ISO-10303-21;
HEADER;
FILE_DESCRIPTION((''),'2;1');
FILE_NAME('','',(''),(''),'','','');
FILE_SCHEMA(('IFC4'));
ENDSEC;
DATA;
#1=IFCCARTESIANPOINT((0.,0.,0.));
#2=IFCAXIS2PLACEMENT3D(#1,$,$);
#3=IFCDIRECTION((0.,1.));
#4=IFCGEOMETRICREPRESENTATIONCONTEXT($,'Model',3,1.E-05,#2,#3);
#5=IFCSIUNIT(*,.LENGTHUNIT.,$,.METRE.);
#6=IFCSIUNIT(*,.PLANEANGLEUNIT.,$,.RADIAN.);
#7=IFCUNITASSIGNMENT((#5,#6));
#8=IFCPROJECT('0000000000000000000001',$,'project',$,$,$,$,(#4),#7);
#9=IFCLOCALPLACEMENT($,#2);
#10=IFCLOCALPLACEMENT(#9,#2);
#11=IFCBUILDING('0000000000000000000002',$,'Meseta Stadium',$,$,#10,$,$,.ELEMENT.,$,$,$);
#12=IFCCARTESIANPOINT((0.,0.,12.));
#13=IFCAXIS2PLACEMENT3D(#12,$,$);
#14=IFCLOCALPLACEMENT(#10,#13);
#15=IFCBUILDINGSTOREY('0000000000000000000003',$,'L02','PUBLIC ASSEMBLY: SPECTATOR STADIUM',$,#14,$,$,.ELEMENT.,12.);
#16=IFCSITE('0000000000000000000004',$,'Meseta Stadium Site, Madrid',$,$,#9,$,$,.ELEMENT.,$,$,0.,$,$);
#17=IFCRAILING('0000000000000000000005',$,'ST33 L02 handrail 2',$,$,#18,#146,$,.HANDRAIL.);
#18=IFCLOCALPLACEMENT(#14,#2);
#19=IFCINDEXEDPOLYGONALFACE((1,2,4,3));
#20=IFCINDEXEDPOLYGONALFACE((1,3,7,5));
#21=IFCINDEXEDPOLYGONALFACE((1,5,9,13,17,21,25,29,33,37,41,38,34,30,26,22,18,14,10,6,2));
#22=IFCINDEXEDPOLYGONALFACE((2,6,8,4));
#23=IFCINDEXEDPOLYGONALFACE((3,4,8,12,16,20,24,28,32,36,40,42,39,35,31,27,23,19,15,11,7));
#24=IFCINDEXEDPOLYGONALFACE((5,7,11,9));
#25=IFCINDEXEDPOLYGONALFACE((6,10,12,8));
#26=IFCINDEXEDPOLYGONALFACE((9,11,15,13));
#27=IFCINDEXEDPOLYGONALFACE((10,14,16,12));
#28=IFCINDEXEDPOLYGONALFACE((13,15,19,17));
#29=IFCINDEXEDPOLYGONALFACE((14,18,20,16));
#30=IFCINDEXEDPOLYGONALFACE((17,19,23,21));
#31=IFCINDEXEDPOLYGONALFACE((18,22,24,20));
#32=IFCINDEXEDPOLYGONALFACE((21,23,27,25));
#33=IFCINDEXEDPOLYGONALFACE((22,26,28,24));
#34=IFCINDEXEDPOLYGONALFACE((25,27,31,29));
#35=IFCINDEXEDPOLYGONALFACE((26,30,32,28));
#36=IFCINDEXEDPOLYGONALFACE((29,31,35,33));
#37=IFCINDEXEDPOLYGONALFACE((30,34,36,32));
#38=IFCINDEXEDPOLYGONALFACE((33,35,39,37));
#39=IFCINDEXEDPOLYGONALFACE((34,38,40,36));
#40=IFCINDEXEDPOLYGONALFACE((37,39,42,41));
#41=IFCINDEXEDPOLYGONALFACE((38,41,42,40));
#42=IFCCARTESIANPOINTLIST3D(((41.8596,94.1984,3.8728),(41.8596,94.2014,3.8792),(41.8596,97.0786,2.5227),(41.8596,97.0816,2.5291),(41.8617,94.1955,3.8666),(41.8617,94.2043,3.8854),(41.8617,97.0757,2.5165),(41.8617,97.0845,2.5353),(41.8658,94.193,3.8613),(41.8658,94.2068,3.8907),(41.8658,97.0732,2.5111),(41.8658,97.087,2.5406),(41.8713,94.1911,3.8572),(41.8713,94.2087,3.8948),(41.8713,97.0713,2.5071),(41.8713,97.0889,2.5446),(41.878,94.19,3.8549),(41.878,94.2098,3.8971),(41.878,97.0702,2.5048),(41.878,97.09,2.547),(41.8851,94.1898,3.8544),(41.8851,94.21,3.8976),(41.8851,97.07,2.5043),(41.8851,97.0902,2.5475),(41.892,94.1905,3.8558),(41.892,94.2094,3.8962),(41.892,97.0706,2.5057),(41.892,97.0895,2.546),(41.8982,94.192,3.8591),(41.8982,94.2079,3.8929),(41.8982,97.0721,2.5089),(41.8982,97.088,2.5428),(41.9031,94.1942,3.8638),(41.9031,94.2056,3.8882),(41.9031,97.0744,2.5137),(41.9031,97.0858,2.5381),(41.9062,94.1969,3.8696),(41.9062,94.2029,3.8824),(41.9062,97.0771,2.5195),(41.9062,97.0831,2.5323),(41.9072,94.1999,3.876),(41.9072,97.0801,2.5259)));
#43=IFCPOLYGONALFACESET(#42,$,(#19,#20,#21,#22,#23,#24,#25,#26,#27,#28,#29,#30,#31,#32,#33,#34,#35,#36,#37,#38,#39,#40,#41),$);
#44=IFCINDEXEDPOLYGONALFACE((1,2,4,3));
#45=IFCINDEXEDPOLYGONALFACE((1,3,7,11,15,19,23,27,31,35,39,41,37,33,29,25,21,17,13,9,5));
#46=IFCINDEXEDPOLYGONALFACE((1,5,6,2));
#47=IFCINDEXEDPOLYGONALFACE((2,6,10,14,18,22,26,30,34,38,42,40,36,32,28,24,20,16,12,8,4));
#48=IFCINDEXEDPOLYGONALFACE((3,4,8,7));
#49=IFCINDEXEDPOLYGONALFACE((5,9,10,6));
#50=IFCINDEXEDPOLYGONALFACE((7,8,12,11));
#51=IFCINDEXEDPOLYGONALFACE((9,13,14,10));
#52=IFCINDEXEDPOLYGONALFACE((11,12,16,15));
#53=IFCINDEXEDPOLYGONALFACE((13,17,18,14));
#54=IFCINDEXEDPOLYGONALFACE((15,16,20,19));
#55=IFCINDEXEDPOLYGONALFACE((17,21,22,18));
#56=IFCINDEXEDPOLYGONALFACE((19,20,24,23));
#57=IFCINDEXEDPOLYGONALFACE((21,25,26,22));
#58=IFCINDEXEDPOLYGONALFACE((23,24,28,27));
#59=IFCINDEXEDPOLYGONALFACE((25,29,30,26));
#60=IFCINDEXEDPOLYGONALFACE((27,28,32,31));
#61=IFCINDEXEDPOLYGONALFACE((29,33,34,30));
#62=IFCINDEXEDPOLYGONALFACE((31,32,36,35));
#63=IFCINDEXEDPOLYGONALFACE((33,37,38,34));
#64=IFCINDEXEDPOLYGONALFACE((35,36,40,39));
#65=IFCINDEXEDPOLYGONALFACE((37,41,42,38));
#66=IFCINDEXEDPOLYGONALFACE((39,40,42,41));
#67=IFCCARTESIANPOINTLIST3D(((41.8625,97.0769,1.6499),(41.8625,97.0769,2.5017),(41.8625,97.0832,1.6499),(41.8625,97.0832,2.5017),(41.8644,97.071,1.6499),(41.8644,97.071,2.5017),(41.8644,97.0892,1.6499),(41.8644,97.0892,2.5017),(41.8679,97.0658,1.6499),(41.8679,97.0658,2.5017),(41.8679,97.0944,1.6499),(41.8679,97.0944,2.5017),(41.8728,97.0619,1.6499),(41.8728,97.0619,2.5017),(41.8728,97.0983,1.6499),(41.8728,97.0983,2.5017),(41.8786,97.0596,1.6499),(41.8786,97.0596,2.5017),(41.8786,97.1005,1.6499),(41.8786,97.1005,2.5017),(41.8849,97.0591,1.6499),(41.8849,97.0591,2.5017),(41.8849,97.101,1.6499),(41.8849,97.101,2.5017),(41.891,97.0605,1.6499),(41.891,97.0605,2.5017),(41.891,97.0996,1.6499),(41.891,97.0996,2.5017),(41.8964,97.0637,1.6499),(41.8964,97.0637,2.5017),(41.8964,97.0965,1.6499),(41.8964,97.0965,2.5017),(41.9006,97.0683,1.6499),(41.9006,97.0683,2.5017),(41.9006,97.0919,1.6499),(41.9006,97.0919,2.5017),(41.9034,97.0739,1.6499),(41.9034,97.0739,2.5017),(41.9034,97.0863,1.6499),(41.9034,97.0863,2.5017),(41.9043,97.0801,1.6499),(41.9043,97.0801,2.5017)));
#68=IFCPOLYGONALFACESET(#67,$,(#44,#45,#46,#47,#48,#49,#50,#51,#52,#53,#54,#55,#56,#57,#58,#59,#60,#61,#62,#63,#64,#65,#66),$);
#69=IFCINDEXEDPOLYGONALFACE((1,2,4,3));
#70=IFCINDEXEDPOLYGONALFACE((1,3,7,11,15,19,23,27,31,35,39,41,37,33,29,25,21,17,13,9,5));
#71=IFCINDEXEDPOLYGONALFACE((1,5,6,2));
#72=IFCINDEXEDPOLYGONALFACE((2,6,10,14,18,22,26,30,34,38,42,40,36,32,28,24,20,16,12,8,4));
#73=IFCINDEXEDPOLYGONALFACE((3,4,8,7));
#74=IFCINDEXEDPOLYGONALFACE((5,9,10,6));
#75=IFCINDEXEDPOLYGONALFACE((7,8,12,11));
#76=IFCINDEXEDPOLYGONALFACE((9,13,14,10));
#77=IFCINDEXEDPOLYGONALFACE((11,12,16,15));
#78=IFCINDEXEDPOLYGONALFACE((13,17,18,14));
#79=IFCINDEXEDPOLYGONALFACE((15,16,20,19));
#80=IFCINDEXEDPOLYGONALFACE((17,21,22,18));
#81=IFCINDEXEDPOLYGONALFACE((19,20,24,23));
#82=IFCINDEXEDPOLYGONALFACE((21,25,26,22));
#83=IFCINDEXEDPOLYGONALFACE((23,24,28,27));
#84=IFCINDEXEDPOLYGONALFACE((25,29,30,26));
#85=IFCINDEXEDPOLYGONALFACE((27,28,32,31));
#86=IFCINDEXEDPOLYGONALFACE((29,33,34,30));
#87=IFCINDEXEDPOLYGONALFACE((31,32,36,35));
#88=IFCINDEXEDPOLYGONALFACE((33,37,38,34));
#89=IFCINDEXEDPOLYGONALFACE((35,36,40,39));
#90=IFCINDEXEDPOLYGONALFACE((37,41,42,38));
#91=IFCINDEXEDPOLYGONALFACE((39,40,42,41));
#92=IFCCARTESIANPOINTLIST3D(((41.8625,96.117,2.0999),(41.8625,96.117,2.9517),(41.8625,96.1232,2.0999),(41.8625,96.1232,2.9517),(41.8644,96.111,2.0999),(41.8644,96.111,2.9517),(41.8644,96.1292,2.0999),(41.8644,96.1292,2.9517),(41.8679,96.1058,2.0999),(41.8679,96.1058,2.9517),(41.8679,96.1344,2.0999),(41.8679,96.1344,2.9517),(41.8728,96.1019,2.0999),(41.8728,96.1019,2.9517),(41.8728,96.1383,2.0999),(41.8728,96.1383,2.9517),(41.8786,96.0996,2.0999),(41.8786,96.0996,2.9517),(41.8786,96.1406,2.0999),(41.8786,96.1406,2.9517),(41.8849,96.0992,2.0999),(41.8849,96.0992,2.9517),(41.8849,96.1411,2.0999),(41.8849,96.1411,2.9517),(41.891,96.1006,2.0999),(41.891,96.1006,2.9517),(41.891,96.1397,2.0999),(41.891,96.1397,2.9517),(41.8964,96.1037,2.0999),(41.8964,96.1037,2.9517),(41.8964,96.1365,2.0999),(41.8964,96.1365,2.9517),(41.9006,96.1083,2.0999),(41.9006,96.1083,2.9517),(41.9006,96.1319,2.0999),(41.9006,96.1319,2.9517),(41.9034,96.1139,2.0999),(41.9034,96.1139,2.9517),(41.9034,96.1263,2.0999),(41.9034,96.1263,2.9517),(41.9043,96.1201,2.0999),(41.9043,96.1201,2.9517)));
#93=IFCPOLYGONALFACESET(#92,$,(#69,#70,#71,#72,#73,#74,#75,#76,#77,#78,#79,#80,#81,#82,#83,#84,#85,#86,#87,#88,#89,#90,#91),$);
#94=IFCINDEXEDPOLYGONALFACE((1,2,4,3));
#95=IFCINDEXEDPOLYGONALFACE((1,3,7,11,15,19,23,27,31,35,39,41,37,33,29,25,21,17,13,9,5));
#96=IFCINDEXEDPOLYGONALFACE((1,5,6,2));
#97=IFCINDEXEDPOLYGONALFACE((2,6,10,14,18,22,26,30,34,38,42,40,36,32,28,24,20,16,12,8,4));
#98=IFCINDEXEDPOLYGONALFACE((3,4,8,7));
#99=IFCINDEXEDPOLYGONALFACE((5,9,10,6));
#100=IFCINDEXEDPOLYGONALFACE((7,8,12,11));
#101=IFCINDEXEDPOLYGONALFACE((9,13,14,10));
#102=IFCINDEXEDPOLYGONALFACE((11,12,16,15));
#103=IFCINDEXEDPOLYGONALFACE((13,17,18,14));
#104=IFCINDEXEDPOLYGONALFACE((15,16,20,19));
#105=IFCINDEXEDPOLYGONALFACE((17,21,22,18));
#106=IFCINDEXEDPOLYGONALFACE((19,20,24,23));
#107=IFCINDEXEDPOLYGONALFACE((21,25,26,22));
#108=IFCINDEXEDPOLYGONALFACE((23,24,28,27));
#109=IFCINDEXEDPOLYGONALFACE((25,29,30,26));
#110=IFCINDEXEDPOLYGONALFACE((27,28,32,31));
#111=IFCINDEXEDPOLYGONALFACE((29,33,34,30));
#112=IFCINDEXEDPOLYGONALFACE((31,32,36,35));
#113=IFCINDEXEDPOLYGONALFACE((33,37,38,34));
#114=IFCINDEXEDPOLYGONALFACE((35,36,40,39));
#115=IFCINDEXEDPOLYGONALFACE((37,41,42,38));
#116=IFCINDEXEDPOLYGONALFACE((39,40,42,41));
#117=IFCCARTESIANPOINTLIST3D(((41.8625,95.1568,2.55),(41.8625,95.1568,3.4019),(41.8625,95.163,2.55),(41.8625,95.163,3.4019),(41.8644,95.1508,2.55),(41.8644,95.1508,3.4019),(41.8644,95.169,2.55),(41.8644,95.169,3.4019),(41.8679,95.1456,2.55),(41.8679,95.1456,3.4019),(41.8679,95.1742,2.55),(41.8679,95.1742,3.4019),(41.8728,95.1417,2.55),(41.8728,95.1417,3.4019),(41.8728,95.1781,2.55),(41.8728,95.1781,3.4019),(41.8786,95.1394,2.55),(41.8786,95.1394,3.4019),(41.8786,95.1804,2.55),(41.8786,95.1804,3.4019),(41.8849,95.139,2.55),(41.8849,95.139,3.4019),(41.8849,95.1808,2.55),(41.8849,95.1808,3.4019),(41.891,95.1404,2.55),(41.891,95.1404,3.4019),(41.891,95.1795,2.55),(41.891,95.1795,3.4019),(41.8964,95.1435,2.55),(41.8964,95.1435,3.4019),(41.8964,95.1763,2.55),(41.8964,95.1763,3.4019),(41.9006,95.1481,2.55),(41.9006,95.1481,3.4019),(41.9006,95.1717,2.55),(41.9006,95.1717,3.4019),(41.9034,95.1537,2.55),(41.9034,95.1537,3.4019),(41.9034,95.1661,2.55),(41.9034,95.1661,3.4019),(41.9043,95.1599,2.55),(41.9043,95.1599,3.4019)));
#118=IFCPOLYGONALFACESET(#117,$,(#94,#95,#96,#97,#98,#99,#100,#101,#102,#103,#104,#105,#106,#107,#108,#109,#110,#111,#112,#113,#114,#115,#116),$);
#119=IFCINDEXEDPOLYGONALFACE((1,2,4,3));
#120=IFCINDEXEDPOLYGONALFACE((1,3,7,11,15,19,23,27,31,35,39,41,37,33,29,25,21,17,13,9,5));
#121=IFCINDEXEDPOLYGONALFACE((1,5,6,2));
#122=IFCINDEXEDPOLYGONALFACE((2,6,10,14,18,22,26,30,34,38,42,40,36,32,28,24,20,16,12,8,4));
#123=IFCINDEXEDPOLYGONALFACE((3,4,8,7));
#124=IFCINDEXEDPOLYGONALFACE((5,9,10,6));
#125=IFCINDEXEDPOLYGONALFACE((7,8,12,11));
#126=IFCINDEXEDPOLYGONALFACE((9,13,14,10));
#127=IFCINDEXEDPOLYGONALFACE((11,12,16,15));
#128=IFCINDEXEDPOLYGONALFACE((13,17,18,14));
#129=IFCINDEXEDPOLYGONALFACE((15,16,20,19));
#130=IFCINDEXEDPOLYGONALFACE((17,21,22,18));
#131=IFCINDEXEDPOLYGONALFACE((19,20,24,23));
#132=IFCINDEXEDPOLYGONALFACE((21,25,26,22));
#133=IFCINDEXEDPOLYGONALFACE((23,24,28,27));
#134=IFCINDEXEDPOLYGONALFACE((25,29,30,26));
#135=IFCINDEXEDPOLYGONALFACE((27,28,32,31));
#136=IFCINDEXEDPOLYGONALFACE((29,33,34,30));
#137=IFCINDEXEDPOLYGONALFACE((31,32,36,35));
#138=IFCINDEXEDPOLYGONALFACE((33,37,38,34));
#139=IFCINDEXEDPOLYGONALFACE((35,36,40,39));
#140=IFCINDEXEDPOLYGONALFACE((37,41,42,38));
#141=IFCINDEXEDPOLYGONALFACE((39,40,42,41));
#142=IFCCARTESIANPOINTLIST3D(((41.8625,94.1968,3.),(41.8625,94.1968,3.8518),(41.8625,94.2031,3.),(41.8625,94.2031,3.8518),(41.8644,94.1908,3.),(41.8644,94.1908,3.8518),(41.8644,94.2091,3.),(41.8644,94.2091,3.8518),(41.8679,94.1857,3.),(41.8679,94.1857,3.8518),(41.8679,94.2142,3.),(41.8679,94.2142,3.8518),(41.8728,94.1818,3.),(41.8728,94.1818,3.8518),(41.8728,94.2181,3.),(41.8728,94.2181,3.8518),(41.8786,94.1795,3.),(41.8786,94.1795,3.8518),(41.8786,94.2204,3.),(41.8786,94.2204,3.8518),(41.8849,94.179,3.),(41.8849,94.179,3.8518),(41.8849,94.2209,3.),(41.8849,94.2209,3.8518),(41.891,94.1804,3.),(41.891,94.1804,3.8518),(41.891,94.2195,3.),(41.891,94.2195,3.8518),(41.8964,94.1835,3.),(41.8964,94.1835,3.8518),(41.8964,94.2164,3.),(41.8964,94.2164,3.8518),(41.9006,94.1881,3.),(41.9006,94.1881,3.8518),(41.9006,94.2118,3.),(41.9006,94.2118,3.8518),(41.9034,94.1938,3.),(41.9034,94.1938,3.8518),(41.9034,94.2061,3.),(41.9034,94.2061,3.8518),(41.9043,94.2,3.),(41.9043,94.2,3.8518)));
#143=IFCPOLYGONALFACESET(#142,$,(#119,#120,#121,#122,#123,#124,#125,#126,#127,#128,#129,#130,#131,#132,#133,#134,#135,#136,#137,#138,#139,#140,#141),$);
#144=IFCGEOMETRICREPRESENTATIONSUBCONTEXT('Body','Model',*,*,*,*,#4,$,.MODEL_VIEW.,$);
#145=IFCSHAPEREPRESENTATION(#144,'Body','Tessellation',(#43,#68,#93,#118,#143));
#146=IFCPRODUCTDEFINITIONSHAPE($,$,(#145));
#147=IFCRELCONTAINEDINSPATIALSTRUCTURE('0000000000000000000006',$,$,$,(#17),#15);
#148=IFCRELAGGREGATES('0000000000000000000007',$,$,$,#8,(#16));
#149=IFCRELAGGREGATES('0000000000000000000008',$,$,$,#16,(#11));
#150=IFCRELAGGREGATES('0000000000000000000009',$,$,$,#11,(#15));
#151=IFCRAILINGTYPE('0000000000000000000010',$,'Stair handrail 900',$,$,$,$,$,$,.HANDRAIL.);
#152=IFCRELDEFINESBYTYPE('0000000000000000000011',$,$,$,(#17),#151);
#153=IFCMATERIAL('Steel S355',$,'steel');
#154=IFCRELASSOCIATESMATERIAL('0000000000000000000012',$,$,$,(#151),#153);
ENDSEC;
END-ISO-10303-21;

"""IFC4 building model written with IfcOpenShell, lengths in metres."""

from ifc_helpers import new_model, si_unit, direction, frame, origin, origin_2d, place, context, subcontext, project, spatial, circle, extrude, material, type_object, element, save


model = new_model("IFC4")

# Units and contexts
model_context = context("Model", 3, precision=1e-05, world=origin(), true_north=direction((0.0, 1.0)))
body_context = subcontext(model_context, "Body", "Model", "MODEL_VIEW")
ifc_project = project(units=[si_unit("LENGTHUNIT", "METRE"), si_unit("PLANEANGLEUNIT", "RADIAN")], contexts=[model_context])

# Site, building, storey
site_placement = place(None, origin())
site = spatial("IfcSite", under=ifc_project, at=site_placement, Name="Meseta Stadium Site, Madrid", CompositionType="ELEMENT", RefElevation=0.0)
building_placement = place(site_placement, origin())
building = spatial("IfcBuilding", under=site, at=building_placement, Name="Meseta Stadium", CompositionType="ELEMENT")
storey_placement = place(building_placement, frame((0.0, 0.0, 12.0)))
storey = spatial("IfcBuildingStorey", under=building, at=storey_placement, Name="L02", Description="PUBLIC ASSEMBLY: SPECTATOR STADIUM", CompositionType="ELEMENT", Elevation=12.0)

# Railing
ifc_material_1 = material(Name="Steel S355", Category="steel")
railing_type_1 = type_object("IfcRailingType", Name="Stair handrail 900", PredefinedType="HANDRAIL", material=ifc_material_1)
railing_1_placement = place(storey_placement, frame((41.8833, 97.0801, 1.6499)))
element("IfcRailing", 1, at=railing_1_placement, inside=storey, type_object=railing_type_1, Name="ST33 L02 handrail 2", PredefinedType="HANDRAIL", context=body_context, shape_type="SweptSolid", body=[
    extrude(circle(Radius=0.0239, at=origin_2d()), frame((0.0, 0.0, 0.876), z_axis=(0.0, -0.905454, 0.424444), x_axis=(1.0, 0.0, 0.0)), (0.0, 0.0, 1.0), 3.1809),
    extrude(circle(Radius=0.021, at=origin_2d()), origin(), (0.0, 0.0, 1.0), 0.8518),
    extrude(circle(Radius=0.021, at=origin_2d()), frame((0.0, -0.96, 0.45)), (0.0, 0.0, 1.0), 0.8518),
    extrude(circle(Radius=0.021, at=origin_2d()), frame((0.0, -1.9202, 0.9001)), (0.0, 0.0, 1.0), 0.8518),
    extrude(circle(Radius=0.021, at=origin_2d()), frame((0.0, -2.8801, 1.3501)), (0.0, 0.0, 1.0), 0.8518),
])

save(model, "model.ifc")
